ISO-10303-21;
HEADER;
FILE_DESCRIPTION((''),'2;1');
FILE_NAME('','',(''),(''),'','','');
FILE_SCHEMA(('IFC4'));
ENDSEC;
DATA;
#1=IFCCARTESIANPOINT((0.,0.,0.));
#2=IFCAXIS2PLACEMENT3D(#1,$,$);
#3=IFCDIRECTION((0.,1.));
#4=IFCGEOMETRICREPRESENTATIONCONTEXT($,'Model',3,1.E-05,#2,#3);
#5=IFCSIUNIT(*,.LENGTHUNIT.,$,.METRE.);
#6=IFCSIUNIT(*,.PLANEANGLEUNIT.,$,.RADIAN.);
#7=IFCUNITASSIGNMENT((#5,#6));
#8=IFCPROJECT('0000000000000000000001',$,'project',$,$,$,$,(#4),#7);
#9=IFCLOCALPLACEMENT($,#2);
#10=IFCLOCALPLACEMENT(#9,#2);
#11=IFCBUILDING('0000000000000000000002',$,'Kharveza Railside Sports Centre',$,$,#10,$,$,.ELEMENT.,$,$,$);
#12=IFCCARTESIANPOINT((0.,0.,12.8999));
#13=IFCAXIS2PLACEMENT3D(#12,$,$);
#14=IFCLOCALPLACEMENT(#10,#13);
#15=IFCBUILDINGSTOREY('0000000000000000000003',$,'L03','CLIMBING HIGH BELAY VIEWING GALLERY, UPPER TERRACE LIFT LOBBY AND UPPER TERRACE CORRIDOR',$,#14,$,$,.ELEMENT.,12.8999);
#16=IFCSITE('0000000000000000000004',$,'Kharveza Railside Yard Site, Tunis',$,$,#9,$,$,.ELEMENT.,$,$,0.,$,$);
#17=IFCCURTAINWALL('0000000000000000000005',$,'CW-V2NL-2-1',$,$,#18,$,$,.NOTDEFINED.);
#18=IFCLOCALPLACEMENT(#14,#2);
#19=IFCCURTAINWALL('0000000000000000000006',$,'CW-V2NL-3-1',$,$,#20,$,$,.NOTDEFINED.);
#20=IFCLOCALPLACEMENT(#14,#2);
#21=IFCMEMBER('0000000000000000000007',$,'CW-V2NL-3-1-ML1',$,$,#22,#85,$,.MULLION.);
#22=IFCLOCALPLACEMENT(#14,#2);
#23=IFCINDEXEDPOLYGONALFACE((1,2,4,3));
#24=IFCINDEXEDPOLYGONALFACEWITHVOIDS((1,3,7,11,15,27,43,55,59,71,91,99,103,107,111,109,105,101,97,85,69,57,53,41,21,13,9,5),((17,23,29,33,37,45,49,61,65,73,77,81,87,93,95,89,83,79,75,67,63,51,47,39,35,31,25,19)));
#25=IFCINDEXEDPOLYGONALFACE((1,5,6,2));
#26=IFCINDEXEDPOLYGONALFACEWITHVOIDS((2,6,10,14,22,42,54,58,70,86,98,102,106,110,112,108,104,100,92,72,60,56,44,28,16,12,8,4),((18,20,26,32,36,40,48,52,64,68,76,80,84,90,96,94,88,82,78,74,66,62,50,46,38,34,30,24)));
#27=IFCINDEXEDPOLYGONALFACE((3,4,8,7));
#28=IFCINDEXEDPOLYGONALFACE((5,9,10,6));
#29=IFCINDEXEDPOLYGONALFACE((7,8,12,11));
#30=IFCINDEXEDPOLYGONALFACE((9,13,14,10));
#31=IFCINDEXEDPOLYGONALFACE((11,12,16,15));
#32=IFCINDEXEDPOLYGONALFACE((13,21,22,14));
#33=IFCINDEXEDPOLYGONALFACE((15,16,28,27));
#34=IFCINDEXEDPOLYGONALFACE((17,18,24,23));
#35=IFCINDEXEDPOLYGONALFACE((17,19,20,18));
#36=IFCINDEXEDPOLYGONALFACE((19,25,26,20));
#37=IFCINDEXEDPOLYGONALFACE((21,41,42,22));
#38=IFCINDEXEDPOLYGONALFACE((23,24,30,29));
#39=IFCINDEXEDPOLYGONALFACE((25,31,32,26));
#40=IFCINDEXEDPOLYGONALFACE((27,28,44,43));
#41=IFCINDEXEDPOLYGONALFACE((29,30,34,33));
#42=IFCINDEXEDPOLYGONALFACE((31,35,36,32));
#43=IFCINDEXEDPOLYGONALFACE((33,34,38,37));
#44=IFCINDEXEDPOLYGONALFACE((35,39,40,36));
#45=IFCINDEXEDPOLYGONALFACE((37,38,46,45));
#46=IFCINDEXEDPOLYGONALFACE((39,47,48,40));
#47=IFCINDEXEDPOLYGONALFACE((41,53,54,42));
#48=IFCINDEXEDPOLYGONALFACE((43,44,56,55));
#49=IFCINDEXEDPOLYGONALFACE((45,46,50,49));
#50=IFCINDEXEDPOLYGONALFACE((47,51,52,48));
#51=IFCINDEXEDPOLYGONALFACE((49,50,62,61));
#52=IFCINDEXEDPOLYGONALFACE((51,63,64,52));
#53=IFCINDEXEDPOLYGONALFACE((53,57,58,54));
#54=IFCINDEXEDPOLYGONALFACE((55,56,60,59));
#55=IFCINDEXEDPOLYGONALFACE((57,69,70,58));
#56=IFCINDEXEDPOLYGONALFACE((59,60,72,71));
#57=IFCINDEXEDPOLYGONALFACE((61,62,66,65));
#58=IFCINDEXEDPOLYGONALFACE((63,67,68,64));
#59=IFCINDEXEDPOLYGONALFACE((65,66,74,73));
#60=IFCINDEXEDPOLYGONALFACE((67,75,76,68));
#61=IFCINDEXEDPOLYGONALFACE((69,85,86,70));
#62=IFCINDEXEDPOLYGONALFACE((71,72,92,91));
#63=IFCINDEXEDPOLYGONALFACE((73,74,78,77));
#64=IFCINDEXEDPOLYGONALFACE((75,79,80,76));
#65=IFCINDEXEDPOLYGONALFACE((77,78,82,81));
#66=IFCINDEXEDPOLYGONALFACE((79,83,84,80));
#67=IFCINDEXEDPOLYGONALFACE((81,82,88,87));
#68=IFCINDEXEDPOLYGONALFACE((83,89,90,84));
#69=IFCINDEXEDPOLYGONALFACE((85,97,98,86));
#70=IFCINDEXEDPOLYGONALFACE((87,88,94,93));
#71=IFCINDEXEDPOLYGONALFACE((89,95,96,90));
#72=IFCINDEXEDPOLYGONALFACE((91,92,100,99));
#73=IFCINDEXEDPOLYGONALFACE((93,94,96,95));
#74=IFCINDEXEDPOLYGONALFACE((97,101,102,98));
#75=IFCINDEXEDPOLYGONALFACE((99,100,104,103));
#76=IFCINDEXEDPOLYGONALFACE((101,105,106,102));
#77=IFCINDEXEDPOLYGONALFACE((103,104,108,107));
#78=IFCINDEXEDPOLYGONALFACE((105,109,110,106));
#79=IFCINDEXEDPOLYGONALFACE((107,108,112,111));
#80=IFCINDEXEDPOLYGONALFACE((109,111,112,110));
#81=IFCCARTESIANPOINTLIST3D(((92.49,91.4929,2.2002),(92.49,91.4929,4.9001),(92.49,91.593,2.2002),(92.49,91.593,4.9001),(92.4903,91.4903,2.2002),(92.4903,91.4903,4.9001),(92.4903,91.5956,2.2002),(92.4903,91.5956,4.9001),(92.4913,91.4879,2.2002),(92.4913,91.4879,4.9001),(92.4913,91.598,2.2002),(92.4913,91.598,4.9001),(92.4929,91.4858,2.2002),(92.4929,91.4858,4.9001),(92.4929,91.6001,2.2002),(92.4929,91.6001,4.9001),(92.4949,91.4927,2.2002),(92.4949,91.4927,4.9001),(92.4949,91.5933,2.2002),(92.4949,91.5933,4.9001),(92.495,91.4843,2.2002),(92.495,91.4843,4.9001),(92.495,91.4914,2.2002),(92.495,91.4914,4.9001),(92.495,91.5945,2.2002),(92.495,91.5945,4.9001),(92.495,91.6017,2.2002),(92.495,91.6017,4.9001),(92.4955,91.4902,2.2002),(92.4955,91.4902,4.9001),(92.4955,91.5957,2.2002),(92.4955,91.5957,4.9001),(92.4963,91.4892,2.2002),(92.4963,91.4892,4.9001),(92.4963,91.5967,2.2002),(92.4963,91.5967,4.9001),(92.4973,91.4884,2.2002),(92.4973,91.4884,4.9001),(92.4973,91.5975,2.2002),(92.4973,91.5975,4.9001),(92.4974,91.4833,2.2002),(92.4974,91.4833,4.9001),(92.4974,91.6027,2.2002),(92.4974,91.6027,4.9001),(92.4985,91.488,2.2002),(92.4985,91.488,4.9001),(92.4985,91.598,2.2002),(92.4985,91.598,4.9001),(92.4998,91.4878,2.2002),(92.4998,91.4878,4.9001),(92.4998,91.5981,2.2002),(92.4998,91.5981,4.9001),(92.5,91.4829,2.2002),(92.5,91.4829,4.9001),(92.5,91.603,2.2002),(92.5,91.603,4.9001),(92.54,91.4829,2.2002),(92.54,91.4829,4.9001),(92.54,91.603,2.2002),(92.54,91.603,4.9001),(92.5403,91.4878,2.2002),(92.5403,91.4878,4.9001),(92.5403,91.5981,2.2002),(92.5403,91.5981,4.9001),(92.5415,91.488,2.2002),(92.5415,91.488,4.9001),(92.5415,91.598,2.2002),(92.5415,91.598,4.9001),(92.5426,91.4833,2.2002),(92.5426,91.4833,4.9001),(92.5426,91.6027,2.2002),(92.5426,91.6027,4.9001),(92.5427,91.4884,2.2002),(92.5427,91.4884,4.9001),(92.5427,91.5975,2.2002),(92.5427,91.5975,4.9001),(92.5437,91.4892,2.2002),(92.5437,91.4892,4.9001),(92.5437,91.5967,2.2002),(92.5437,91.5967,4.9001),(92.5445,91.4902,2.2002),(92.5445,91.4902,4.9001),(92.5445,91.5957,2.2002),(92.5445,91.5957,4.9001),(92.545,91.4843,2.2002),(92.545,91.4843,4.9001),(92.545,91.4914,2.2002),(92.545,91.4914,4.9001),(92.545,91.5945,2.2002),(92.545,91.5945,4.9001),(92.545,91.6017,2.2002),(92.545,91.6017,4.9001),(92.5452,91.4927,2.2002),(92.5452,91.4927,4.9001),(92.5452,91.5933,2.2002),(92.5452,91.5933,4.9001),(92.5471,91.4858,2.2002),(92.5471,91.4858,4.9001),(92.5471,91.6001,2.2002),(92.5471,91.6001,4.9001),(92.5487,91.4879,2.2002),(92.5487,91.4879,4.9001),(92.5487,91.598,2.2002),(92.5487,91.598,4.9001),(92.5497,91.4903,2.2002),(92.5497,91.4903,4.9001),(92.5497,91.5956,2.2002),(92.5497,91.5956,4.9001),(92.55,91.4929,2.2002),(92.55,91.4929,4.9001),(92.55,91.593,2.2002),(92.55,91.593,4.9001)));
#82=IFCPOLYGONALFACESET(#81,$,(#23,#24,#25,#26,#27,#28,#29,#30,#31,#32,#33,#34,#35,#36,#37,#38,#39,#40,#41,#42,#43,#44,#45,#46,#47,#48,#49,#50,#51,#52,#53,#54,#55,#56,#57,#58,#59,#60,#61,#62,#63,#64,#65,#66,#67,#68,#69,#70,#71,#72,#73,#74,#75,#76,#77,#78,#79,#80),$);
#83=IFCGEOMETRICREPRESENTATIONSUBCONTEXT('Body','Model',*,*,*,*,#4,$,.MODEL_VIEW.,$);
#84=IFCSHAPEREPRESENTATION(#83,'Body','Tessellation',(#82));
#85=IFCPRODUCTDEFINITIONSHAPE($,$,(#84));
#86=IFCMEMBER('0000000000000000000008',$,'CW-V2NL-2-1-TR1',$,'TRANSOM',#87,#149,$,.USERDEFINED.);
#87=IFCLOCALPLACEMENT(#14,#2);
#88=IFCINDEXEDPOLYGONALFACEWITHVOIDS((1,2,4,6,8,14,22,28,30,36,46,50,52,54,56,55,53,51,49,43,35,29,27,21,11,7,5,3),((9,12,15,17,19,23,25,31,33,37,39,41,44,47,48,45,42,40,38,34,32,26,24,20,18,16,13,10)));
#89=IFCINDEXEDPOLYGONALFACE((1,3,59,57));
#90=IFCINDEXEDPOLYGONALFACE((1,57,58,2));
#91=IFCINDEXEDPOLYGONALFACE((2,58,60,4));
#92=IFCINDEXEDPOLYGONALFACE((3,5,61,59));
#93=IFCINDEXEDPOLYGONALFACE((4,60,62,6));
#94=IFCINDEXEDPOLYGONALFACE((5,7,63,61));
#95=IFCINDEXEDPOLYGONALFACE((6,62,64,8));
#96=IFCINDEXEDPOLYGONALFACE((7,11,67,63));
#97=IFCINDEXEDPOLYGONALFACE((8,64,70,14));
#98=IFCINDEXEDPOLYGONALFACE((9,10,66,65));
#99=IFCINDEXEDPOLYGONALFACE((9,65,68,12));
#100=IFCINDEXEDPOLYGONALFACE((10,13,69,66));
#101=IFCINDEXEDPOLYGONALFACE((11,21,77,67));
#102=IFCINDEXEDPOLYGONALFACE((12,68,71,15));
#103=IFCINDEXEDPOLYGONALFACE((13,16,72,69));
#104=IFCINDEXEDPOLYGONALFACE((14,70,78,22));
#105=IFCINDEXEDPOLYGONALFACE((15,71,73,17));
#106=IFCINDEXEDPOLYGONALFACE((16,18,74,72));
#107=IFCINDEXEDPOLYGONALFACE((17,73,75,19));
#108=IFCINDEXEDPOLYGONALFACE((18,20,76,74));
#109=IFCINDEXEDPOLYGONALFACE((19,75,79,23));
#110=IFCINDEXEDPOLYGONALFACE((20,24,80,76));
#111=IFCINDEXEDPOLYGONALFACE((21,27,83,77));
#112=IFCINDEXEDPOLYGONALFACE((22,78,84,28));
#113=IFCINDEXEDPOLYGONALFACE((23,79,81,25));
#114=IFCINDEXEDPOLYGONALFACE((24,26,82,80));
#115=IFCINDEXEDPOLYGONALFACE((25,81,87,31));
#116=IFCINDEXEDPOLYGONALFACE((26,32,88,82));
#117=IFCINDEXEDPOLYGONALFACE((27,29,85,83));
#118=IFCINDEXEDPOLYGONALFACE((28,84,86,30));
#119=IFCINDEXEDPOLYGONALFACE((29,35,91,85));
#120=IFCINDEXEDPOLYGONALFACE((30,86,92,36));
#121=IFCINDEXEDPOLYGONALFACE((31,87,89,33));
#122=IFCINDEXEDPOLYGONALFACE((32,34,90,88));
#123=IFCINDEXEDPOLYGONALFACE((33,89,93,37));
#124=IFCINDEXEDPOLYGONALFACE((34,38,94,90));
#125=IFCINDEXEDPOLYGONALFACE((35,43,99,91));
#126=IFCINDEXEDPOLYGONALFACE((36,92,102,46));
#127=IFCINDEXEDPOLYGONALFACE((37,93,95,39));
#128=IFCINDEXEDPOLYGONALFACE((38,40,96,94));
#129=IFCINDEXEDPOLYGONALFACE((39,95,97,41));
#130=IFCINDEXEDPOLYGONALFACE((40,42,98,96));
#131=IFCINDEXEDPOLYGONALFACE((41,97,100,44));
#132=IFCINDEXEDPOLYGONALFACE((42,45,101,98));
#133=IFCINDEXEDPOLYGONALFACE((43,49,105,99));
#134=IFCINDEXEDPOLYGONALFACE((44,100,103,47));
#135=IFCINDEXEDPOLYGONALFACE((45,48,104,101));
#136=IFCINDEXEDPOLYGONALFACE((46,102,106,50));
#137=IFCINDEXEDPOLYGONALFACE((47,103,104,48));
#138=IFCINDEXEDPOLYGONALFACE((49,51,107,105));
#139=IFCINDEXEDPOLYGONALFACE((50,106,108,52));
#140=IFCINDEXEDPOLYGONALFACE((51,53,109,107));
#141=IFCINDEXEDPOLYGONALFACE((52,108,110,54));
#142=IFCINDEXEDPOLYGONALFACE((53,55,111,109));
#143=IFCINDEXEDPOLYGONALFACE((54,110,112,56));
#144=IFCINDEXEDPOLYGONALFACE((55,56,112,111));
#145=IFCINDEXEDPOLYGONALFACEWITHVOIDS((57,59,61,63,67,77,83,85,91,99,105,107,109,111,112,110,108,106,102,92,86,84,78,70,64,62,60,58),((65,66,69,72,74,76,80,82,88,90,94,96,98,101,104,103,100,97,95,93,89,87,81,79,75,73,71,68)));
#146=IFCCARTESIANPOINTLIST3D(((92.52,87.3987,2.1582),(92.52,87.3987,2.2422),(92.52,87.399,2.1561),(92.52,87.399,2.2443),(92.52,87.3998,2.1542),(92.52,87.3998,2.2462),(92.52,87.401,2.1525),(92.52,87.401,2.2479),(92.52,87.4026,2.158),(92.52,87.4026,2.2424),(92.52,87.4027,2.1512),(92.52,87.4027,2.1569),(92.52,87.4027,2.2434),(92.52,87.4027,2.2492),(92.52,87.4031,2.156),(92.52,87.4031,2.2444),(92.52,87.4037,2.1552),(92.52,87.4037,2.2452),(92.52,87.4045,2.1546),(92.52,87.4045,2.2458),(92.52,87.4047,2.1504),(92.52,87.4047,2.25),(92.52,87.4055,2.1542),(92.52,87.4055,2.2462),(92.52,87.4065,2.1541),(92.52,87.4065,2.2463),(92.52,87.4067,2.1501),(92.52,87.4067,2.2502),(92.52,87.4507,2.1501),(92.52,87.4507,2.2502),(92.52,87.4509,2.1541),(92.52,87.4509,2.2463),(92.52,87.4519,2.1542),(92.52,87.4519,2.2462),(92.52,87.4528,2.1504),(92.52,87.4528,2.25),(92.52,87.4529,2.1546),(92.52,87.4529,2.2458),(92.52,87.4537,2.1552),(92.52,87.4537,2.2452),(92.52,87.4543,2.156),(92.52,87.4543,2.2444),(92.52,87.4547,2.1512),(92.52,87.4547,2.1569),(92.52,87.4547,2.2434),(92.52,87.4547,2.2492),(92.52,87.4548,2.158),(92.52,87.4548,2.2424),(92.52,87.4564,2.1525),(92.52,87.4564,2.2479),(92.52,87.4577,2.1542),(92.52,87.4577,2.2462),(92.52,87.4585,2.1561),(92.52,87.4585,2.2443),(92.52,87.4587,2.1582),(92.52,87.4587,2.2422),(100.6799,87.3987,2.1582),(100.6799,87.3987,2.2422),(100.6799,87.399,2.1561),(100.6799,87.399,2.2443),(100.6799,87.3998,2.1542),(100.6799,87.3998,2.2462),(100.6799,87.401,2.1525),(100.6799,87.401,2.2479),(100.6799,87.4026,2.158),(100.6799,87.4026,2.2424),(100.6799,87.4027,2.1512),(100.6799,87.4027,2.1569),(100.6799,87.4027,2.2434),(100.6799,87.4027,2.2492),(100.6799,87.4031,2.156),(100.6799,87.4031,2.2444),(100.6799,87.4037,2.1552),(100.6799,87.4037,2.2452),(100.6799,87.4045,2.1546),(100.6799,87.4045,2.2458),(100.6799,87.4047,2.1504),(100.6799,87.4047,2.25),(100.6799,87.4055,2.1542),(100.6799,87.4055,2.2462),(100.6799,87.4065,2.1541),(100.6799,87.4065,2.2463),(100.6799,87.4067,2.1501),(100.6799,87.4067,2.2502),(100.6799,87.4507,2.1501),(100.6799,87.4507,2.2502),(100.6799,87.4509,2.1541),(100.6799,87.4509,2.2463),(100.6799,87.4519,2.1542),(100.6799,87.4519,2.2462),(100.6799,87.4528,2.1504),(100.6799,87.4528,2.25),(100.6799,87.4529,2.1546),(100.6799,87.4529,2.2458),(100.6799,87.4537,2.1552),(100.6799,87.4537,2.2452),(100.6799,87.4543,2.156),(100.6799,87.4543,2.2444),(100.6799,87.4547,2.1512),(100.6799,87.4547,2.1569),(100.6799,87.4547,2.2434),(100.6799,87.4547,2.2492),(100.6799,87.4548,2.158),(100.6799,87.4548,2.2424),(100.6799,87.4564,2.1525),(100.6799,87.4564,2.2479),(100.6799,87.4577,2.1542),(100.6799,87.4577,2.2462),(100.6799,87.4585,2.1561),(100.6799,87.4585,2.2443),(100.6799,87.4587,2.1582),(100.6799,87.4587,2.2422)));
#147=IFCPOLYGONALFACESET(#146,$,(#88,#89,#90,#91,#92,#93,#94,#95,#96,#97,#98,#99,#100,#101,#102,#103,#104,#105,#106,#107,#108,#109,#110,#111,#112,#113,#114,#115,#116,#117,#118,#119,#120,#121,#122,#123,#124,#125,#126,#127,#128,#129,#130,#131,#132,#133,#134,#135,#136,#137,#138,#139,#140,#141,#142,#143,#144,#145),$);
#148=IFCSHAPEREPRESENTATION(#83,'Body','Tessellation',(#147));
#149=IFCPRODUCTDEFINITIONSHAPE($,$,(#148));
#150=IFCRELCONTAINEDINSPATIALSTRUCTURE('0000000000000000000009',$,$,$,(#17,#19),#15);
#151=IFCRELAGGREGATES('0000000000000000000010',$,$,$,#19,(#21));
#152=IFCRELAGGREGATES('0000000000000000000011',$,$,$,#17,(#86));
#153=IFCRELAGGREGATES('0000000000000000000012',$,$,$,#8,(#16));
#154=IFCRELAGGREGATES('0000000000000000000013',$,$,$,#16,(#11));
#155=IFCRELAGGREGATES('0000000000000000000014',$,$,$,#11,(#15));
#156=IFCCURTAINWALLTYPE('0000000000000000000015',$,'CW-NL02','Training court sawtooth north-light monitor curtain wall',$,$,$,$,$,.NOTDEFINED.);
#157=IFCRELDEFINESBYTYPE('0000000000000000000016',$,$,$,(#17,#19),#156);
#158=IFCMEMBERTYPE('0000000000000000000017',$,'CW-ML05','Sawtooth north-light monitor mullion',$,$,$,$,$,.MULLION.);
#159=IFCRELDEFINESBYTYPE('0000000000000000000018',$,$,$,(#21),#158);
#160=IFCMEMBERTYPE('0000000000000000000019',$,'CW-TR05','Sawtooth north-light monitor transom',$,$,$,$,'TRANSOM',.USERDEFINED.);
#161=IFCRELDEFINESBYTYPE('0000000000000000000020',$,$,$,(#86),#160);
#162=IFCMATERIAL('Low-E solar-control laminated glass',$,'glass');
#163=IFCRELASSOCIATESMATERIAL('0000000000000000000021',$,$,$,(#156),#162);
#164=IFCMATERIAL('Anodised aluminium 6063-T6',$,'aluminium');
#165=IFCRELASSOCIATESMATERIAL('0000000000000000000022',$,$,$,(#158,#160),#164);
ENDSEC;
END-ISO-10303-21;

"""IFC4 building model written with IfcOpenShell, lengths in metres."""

from ifc_helpers import new_model, si_unit, direction, frame, origin, origin_2d, place, context, subcontext, project, spatial, hollow_rectangle, extrude, material, material_profile, profile_set, type_object, element, aggregate, save


model = new_model("IFC4")

# Units and contexts
model_context = context("Model", 3, precision=1e-05, world=origin(), true_north=direction((0.0, 1.0)))
body_context = subcontext(model_context, "Body", "Model", "MODEL_VIEW")
ifc_project = project(units=[si_unit("LENGTHUNIT", "METRE"), si_unit("PLANEANGLEUNIT", "RADIAN")], contexts=[model_context])

# Site, building, storey
site_placement = place(None, origin())
site = spatial("IfcSite", under=ifc_project, at=site_placement, Name="Kharveza Railside Yard Site, Tunis", CompositionType="ELEMENT", RefElevation=0.0)
building_placement = place(site_placement, origin())
building = spatial("IfcBuilding", under=site, at=building_placement, Name="Kharveza Railside Sports Centre", CompositionType="ELEMENT")
storey_placement = place(building_placement, frame((0.0, 0.0, 12.8999)))
storey = spatial("IfcBuildingStorey", under=building, at=storey_placement, Name="L03", Description="CLIMBING HIGH BELAY VIEWING GALLERY, UPPER TERRACE LIFT LOBBY AND UPPER TERRACE CORRIDOR", CompositionType="ELEMENT", Elevation=12.8999)

# Curtain wall
ifc_material_1 = material(Name="Low-E solar-control laminated glass", Category="glass")
curtain_wall_type = type_object("IfcCurtainWallType", Name="CW-NL02", Description="Training court sawtooth north-light monitor curtain wall", PredefinedType="NOTDEFINED", material=ifc_material_1)
curtain_wall_1_placement = place(storey_placement, origin())
curtain_wall_1 = element("IfcCurtainWall", 1, at=curtain_wall_1_placement, inside=storey, type_object=curtain_wall_type, Name="CW-V2NL-2-1", PredefinedType="NOTDEFINED")
ifc_material_2 = material(Name="Anodised aluminium 6063-T6", Category="aluminium")
ifc_material_profile_1 = material_profile(ifc_material_2, hollow_rectangle(XDim=0.0601, YDim=0.1201, WallThickness=0.0049, InnerFilletRadius=0.0049, OuterFilletRadius=0.01, at=origin_2d()), Name="RHS 60x120x5.0")
ifc_profile_set_1 = profile_set([ifc_material_profile_1], Name="Anodised aluminium 6063-T6")
member_type_1 = type_object("IfcMemberType", Name="CW-ML05", Description="Sawtooth north-light monitor mullion", PredefinedType="MULLION", material=ifc_profile_set_1)

# Curtain wall, member
curtain_wall_2_placement = place(storey_placement, origin())
curtain_wall_2 = element("IfcCurtainWall", 2, at=curtain_wall_2_placement, inside=storey, type_object=curtain_wall_type, Name="CW-V2NL-3-1", PredefinedType="NOTDEFINED")
member_1_placement = place(storey_placement, frame((92.52, 91.543, 2.2002), z_axis=(0.0, 0.0, 1.0), x_axis=(1.0, 0.0, 0.0)))
member_1 = element("IfcMember", 3, at=member_1_placement, type_object=member_type_1, Name="CW-V2NL-3-1-ML1", PredefinedType="MULLION", context=body_context, shape_type="SweptSolid", body=[
    extrude(hollow_rectangle(XDim=0.0601, YDim=0.1201, WallThickness=0.0049, InnerFilletRadius=0.0049, OuterFilletRadius=0.01, at=origin_2d()), origin(), (0.0, 0.0, 1.0), 2.7),
])

# Member
ifc_material_profile_2 = material_profile(ifc_material_2, hollow_rectangle(XDim=0.0601, YDim=0.1001, WallThickness=0.0039, InnerFilletRadius=0.0039, OuterFilletRadius=0.0081, at=origin_2d()), Name="RHS 60x100x4.0")
ifc_profile_set_2 = profile_set([ifc_material_profile_2], Name="Anodised aluminium 6063-T6")
member_type_2 = type_object("IfcMemberType", Name="CW-TR05", Description="Sawtooth north-light monitor transom", ElementType="TRANSOM", PredefinedType="USERDEFINED", material=ifc_profile_set_2)
member_2_placement = place(storey_placement, frame((92.52, 87.4287, 2.2002), z_axis=(1.0, 0.0, 0.0), x_axis=(0.0, 1.0, 0.0)))
member_2 = element("IfcMember", 4, at=member_2_placement, type_object=member_type_2, Name="CW-V2NL-2-1-TR1", ObjectType="TRANSOM", PredefinedType="USERDEFINED", context=body_context, shape_type="SweptSolid", body=[
    extrude(hollow_rectangle(XDim=0.0601, YDim=0.1001, WallThickness=0.0039, InnerFilletRadius=0.0039, OuterFilletRadius=0.0081, at=origin_2d()), origin(), (0.0, 0.0, 1.0), 8.1599),
])
aggregate(curtain_wall_2, [member_1])

aggregate(curtain_wall_1, [member_2])

save(model, "model.ifc")
